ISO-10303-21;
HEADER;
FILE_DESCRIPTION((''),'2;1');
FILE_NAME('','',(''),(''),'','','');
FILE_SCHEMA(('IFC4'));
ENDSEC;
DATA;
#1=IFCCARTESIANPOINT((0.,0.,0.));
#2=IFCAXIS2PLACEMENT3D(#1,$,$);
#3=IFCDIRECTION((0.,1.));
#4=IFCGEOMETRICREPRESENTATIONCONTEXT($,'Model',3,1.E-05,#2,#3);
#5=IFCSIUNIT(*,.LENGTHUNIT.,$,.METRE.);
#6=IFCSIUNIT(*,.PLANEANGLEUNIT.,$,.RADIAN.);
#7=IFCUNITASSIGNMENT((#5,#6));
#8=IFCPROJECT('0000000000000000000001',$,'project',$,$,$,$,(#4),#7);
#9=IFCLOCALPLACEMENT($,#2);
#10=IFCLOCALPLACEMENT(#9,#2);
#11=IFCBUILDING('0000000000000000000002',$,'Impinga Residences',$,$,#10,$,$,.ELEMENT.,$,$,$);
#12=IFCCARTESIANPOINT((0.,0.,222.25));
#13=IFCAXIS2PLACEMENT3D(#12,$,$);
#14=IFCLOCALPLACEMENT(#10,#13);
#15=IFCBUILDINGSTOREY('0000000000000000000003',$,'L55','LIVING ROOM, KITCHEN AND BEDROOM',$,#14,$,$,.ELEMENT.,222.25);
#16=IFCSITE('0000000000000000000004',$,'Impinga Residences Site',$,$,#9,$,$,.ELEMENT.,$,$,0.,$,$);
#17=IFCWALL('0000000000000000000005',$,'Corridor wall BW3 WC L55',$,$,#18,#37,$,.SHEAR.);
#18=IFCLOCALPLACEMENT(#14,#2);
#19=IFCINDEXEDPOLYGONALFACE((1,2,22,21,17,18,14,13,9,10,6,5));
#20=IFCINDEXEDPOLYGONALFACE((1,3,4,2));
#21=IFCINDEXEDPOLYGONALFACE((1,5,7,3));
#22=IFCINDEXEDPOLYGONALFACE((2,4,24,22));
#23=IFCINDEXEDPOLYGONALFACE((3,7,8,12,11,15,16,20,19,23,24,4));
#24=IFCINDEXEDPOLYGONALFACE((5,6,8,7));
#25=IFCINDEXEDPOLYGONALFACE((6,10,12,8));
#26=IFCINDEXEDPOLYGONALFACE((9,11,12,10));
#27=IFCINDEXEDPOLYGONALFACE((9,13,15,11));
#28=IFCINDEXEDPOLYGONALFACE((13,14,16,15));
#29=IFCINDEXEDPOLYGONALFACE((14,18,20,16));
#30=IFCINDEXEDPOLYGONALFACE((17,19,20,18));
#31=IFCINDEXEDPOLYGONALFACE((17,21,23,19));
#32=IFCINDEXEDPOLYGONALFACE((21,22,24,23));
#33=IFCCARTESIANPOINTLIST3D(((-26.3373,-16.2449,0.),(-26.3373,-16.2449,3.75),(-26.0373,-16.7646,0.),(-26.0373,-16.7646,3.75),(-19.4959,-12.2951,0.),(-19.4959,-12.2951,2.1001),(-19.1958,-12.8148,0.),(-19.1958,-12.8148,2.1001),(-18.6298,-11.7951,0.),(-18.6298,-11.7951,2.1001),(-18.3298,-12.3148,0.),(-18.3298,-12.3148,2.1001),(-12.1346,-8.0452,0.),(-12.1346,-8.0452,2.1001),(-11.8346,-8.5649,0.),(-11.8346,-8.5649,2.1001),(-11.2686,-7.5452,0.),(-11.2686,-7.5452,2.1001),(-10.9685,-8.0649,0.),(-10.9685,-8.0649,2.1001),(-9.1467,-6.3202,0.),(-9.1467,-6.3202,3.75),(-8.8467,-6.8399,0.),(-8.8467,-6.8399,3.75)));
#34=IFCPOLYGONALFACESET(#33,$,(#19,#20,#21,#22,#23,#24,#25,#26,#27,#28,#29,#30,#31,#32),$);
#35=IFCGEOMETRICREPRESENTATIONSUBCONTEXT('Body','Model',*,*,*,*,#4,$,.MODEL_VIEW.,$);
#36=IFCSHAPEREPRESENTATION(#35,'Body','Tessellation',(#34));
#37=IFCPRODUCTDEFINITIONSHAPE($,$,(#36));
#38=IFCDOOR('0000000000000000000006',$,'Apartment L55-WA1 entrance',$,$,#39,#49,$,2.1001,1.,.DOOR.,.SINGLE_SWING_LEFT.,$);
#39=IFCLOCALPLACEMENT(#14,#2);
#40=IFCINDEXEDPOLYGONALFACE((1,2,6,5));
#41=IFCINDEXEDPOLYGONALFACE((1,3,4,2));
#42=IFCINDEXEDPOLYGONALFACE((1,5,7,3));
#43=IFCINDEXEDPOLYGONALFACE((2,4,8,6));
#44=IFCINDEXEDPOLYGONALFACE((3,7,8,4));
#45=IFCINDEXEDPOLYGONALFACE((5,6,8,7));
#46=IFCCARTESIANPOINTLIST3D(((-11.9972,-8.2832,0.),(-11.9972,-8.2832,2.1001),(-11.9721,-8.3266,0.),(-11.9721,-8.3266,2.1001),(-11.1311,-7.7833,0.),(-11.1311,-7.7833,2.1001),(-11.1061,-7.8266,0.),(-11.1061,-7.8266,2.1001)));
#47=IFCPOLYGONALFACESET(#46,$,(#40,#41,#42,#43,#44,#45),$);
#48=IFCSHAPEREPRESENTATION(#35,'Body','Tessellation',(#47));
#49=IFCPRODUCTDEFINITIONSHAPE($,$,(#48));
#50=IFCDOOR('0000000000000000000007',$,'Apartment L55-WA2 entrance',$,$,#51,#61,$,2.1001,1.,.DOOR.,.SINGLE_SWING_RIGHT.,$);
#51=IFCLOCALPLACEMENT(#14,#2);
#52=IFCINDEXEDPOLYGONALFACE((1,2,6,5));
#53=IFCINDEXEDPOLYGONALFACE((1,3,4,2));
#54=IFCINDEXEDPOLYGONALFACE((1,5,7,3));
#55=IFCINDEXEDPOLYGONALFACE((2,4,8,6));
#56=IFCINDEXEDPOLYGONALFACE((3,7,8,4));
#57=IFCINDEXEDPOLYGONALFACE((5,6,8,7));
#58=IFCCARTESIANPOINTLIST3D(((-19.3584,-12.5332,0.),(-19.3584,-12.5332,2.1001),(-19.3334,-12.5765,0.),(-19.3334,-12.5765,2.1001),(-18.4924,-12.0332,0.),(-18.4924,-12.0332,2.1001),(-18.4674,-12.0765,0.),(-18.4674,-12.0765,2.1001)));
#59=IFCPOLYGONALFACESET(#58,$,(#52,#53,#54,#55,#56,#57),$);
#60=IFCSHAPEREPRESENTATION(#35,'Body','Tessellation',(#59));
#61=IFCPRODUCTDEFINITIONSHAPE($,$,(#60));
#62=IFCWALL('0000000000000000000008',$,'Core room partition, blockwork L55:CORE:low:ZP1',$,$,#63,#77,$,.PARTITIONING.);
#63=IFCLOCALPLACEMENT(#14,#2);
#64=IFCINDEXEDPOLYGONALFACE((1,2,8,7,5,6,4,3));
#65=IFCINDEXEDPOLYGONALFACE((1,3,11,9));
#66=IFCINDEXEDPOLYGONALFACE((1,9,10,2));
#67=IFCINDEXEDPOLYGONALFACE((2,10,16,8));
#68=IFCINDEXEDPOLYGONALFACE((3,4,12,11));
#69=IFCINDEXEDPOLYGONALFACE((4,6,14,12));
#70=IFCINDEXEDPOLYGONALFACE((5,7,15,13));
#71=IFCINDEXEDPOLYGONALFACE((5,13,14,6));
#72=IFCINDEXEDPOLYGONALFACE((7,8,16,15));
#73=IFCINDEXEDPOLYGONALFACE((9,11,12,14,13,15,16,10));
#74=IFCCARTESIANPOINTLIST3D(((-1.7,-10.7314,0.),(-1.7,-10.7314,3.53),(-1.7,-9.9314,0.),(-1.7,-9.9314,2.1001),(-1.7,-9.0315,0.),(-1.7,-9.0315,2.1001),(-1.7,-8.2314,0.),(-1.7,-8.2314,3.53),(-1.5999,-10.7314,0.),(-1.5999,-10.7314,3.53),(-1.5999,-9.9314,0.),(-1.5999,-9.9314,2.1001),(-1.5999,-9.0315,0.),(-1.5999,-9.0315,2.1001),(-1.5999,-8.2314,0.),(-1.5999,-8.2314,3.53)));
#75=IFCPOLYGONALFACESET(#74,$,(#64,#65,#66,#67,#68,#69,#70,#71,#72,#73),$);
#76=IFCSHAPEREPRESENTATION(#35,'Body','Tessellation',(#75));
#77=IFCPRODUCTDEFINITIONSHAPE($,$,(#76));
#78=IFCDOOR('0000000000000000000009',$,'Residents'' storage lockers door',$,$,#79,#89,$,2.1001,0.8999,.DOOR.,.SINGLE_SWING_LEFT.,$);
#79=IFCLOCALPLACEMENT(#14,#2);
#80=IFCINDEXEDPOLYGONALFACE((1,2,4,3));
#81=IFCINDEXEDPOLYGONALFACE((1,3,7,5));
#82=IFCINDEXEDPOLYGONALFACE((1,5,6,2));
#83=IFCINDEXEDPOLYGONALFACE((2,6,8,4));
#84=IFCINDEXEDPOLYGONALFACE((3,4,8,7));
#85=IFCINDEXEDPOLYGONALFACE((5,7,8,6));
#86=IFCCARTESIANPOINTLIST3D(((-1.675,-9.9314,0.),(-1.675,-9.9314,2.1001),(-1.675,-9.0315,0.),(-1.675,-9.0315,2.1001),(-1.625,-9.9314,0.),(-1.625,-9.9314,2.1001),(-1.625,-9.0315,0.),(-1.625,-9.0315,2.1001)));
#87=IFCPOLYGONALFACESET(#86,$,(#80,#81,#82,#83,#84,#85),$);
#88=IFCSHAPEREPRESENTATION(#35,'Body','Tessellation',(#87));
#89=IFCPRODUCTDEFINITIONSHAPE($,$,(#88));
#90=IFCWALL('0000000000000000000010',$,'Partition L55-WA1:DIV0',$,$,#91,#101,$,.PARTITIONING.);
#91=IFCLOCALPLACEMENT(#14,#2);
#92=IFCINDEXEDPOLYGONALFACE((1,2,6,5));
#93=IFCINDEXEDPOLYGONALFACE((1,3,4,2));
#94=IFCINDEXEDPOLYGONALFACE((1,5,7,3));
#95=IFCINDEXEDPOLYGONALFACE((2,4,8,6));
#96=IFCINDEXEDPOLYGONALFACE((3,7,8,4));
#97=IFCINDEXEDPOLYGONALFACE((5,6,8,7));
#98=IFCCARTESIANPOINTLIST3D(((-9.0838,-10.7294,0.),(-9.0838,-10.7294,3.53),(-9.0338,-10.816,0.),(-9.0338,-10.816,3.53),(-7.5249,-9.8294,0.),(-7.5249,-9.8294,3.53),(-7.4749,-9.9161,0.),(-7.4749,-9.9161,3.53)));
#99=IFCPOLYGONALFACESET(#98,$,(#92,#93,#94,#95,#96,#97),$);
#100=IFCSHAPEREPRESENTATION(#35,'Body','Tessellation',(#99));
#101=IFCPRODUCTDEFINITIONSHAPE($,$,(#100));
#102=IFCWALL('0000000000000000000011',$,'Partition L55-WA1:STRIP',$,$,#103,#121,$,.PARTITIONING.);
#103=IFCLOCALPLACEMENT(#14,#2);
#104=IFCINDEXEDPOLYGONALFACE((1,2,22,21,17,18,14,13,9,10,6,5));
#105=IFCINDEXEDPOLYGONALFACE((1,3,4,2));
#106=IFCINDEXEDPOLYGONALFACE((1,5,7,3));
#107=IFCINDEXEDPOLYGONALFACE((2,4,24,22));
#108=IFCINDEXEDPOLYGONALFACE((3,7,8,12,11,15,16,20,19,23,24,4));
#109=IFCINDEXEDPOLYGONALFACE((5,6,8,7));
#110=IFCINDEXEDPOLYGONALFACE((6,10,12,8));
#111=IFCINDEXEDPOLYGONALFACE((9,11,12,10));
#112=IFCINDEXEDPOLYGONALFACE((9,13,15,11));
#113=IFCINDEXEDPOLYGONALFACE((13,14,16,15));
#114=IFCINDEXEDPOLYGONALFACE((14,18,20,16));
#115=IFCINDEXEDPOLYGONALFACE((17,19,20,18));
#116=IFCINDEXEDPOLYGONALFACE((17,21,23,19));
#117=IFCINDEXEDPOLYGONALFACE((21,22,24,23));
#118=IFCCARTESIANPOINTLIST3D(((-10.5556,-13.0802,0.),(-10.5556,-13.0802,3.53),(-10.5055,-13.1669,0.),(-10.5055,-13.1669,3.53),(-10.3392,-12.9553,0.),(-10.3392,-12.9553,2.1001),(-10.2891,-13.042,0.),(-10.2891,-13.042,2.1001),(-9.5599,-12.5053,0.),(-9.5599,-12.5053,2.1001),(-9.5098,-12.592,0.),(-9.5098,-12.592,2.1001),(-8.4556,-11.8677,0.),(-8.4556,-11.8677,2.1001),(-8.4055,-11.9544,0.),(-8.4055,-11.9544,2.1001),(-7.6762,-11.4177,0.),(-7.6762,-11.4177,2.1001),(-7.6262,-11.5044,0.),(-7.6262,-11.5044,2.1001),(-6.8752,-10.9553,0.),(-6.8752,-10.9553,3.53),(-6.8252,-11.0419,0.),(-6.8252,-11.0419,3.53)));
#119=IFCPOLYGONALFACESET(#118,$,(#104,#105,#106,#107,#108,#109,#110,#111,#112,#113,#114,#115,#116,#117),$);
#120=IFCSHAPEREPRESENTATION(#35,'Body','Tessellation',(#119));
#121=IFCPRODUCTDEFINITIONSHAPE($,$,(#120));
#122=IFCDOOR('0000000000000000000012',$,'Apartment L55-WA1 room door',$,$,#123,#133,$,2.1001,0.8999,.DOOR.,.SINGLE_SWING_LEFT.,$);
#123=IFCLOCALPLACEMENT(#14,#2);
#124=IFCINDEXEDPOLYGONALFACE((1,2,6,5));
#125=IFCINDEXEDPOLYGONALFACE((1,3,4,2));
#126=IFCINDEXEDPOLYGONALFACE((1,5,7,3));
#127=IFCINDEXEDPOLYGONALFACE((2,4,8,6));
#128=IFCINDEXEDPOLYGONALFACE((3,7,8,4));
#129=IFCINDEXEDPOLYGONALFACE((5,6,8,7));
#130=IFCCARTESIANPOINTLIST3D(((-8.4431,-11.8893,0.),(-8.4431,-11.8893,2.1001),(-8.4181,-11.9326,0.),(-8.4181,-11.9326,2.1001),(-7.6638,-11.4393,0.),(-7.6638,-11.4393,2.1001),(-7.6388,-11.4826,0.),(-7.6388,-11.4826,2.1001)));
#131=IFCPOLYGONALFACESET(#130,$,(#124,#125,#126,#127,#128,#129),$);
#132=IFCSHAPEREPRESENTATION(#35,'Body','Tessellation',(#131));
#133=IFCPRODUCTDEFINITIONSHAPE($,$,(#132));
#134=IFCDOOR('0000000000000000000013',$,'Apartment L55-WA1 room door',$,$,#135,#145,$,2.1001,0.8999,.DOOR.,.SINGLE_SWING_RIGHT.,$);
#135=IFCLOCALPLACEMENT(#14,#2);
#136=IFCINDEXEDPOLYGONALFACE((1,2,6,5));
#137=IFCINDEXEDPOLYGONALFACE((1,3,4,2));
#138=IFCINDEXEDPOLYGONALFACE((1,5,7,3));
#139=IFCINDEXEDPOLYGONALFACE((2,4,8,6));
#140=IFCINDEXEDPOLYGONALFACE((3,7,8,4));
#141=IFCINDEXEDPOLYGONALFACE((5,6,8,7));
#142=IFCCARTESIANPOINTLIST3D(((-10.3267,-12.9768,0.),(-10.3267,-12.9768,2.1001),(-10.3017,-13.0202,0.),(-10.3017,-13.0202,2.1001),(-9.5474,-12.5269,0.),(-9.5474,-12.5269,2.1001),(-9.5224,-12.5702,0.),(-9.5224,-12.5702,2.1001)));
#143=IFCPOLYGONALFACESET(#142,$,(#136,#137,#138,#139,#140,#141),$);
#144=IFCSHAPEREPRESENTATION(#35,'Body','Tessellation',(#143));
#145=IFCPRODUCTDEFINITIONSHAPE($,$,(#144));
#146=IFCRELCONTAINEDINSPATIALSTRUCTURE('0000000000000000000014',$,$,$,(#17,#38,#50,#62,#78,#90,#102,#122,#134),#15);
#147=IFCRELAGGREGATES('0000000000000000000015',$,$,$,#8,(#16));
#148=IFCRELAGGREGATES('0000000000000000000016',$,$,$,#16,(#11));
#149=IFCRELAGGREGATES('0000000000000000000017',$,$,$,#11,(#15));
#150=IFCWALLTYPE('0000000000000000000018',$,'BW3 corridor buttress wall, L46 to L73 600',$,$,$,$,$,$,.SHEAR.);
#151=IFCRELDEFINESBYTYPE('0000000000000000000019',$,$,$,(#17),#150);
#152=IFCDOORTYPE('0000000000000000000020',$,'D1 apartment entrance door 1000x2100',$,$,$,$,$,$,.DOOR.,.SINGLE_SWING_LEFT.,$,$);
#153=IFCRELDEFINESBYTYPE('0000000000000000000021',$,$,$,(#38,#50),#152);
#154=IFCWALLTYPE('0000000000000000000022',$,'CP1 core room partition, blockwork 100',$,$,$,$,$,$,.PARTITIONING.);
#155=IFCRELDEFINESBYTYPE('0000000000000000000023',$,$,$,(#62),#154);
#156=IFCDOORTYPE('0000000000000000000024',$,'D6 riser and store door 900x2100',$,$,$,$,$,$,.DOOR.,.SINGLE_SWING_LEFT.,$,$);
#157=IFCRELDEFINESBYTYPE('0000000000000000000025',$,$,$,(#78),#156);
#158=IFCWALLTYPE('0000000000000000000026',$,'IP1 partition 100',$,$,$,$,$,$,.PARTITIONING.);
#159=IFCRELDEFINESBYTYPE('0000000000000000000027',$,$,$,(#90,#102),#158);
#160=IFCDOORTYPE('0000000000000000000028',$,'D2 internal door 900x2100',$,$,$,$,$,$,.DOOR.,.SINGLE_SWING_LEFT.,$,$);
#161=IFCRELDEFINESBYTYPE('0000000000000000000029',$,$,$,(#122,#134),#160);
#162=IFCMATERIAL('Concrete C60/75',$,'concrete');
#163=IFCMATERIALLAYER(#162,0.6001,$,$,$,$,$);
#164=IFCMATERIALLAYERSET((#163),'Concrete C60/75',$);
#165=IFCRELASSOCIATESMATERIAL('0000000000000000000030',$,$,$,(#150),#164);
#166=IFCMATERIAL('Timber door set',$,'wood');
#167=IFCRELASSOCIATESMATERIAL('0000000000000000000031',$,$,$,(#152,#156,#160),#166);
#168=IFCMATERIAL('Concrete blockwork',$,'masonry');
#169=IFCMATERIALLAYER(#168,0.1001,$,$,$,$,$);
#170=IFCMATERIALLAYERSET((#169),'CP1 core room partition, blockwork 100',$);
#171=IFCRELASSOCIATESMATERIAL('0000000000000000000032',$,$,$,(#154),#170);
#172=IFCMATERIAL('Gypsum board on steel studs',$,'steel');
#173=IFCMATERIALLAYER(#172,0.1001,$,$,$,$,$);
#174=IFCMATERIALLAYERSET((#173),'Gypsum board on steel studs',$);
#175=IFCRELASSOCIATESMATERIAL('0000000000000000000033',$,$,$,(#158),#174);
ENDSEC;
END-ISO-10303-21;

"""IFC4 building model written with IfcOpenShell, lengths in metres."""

from ifc_helpers import new_model, si_unit, direction, frame, frame_2d, origin, place, context, subcontext, project, spatial, rectangle, extrude, material, layer, layer_set, type_object, element, fill, save


model = new_model("IFC4")

# Units and contexts
model_context = context("Model", 3, precision=1e-05, world=origin(), true_north=direction((0.0, 1.0)))
body_context = subcontext(model_context, "Body", "Model", "MODEL_VIEW")
ifc_project = project(units=[si_unit("LENGTHUNIT", "METRE"), si_unit("PLANEANGLEUNIT", "RADIAN")], contexts=[model_context])

# Site, building, storey
site_placement = place(None, origin())
site = spatial("IfcSite", under=ifc_project, at=site_placement, Name="Impinga Residences Site", CompositionType="ELEMENT", RefElevation=0.0)
building_placement = place(site_placement, origin())
building = spatial("IfcBuilding", under=site, at=building_placement, Name="Impinga Residences", CompositionType="ELEMENT")
storey_placement = place(building_placement, frame((0.0, 0.0, 222.25)))
storey = spatial("IfcBuildingStorey", under=building, at=storey_placement, Name="L55", Description="LIVING ROOM, KITCHEN AND BEDROOM", CompositionType="ELEMENT", Elevation=222.25)

# Wall, openings, doors
ifc_material_1 = material(Name="Concrete C60/75", Category="concrete")
ifc_layer_1 = layer(ifc_material_1, 0.6001)
ifc_layer_set_1 = layer_set([ifc_layer_1], Name="Concrete C60/75")
wall_type_1 = type_object("IfcWallType", Name="BW3 corridor buttress wall, L46 to L73 600", PredefinedType="SHEAR", material=ifc_layer_set_1)
wall_1_placement = place(storey_placement, frame((-8.9968, -6.5801, 0.0), z_axis=(0.0, 0.0, 1.0), x_axis=(-0.866031, -0.499991, 0.0)))
wall_1 = element("IfcWall", 1, at=wall_1_placement, inside=storey, type_object=wall_type_1, Name="Corridor wall BW3 WC L55", PredefinedType="SHEAR", context=body_context, shape_type="SweptSolid", body=[
    extrude(rectangle(XDim=19.8499, YDim=0.6001, at=frame_2d((9.9248, 0.0))), origin(), (0.0, 0.0, 1.0), 3.75),
])
opening_1_placement = place(wall_1_placement, frame((2.45, 0.0, 0.0)))
opening_1 = element("IfcOpeningElement", 2, at=opening_1_placement, cuts=wall_1, PredefinedType="OPENING", context=body_context, shape_type="SweptSolid", body=[
    extrude(rectangle(XDim=1.0, YDim=2.1001, at=frame_2d((0.5, 1.05))), frame((0.0, 0.3101, 0.0), z_axis=(0.0, -1.0, 0.0), x_axis=(1.0, 0.0, 0.0)), (0.0, 0.0, 1.0), 0.6201),
])
opening_2_placement = place(wall_1_placement, frame((10.95, 0.0, 0.0)))
opening_2 = element("IfcOpeningElement", 3, at=opening_2_placement, cuts=wall_1, PredefinedType="OPENING", context=body_context, shape_type="SweptSolid", body=[
    extrude(rectangle(XDim=1.0, YDim=2.1001, at=frame_2d((0.5, 1.05))), frame((0.0, 0.3101, 0.0), z_axis=(0.0, -1.0, 0.0), x_axis=(1.0, 0.0, 0.0)), (0.0, 0.0, 1.0), 0.6201),
])
ifc_material_2 = material(Name="Timber door set", Category="wood")
door_type_1 = type_object("IfcDoorType", Name="D1 apartment entrance door 1000x2100", OperationType="SINGLE_SWING_LEFT", PredefinedType="DOOR", material=ifc_material_2)
door_1_placement = place(opening_1_placement, origin())
door_1 = element("IfcDoor", 4, at=door_1_placement, inside=storey, type_object=door_type_1, Name="Apartment L55-WA1 entrance", OperationType="SINGLE_SWING_LEFT", OverallHeight=2.1001, OverallWidth=1.0, PredefinedType="DOOR", context=body_context, shape_type="SweptSolid", body=[
    extrude(rectangle(XDim=1.0, YDim=2.1001, at=frame_2d((0.5, 1.05))), frame((0.0, 0.0249, 0.0), z_axis=(0.0, -1.0, 0.0), x_axis=(1.0, 0.0, 0.0)), (0.0, 0.0, 1.0), 0.05),
])
fill(opening_1, door_1)
door_2_placement = place(opening_2_placement, origin())
door_2 = element("IfcDoor", 5, at=door_2_placement, inside=storey, type_object=door_type_1, Name="Apartment L55-WA2 entrance", OperationType="SINGLE_SWING_RIGHT", OverallHeight=2.1001, OverallWidth=1.0, PredefinedType="DOOR", context=body_context, shape_type="SweptSolid", body=[
    extrude(rectangle(XDim=1.0, YDim=2.1001, at=frame_2d((0.5, 1.05))), frame((0.0, 0.0249, 0.0), z_axis=(0.0, -1.0, 0.0), x_axis=(1.0, 0.0, 0.0)), (0.0, 0.0, 1.0), 0.05),
])
fill(opening_2, door_2)

# Wall, opening, door
ifc_material_3 = material(Name="Concrete blockwork", Category="masonry")
ifc_layer_2 = layer(ifc_material_3, 0.1001)
ifc_layer_set_2 = layer_set([ifc_layer_2], Name="CP1 core room partition, blockwork 100")
wall_type_2 = type_object("IfcWallType", Name="CP1 core room partition, blockwork 100", PredefinedType="PARTITIONING", material=ifc_layer_set_2)
wall_2_placement = place(storey_placement, frame((-1.6499, -8.2314, 0.0), z_axis=(0.0, 0.0, 1.0), x_axis=(0.0, -1.0, 0.0)))
wall_2 = element("IfcWall", 6, at=wall_2_placement, inside=storey, type_object=wall_type_2, Name="Core room partition, blockwork L55:CORE:low:ZP1", PredefinedType="PARTITIONING", context=body_context, shape_type="SweptSolid", body=[
    extrude(rectangle(XDim=2.5, YDim=0.1001, at=frame_2d((1.25, 0.0))), origin(), (0.0, 0.0, 1.0), 3.53),
])
opening_3_placement = place(wall_2_placement, frame((0.8, 0.0, 0.0)))
opening_3 = element("IfcOpeningElement", 7, at=opening_3_placement, cuts=wall_2, PredefinedType="OPENING", context=body_context, shape_type="SweptSolid", body=[
    extrude(rectangle(XDim=0.8999, YDim=2.1001, at=frame_2d((0.45, 1.05))), frame((0.0, 0.0601, 0.0), z_axis=(0.0, -1.0, 0.0), x_axis=(1.0, 0.0, 0.0)), (0.0, 0.0, 1.0), 0.1201),
])
door_type_2 = type_object("IfcDoorType", Name="D6 riser and store door 900x2100", OperationType="SINGLE_SWING_LEFT", PredefinedType="DOOR", material=ifc_material_2)
door_3_placement = place(opening_3_placement, origin())
door_3 = element("IfcDoor", 8, at=door_3_placement, inside=storey, type_object=door_type_2, Name="Residents' storage lockers door", OperationType="SINGLE_SWING_LEFT", OverallHeight=2.1001, OverallWidth=0.8999, PredefinedType="DOOR", context=body_context, shape_type="SweptSolid", body=[
    extrude(rectangle(XDim=0.8999, YDim=2.1001, at=frame_2d((0.45, 1.05))), frame((0.0, 0.0249, 0.0), z_axis=(0.0, -1.0, 0.0), x_axis=(1.0, 0.0, 0.0)), (0.0, 0.0, 1.0), 0.05),
])
fill(opening_3, door_3)

# Wall
ifc_material_4 = material(Name="Gypsum board on steel studs", Category="steel")
ifc_layer_3 = layer(ifc_material_4, 0.1001)
ifc_layer_set_3 = layer_set([ifc_layer_3], Name="Gypsum board on steel studs")
wall_type_3 = type_object("IfcWallType", Name="IP1 partition 100", PredefinedType="PARTITIONING", material=ifc_layer_set_3)
wall_3_placement = place(storey_placement, frame((-7.5, -9.8728, 0.0), z_axis=(0.0, 0.0, 1.0), x_axis=(-0.866048, -0.499961, 0.0)))
element("IfcWall", 9, at=wall_3_placement, inside=storey, type_object=wall_type_3, Name="Partition L55-WA1:DIV0", PredefinedType="PARTITIONING", context=body_context, shape_type="SweptSolid", body=[
    extrude(rectangle(XDim=1.8, YDim=0.1001, at=frame_2d((0.8999, 0.0))), origin(), (0.0, 0.0, 1.0), 3.53),
])

# Wall, openings, doors
wall_4_placement = place(storey_placement, frame((-6.8501, -10.9985, 0.0), z_axis=(0.0, 0.0, 1.0), x_axis=(-0.866014, -0.500019, 0.0)))
wall_4 = element("IfcWall", 10, at=wall_4_placement, inside=storey, type_object=wall_type_3, Name="Partition L55-WA1:STRIP", PredefinedType="PARTITIONING", context=body_context, shape_type="SweptSolid", body=[
    extrude(rectangle(XDim=4.2498, YDim=0.1001, at=frame_2d((2.125, 0.0))), origin(), (0.0, 0.0, 1.0), 3.53),
])
opening_4_placement = place(wall_4_placement, frame((0.925, 0.0, 0.0)))
opening_4 = element("IfcOpeningElement", 11, at=opening_4_placement, cuts=wall_4, PredefinedType="OPENING", context=body_context, shape_type="SweptSolid", body=[
    extrude(rectangle(XDim=0.8999, YDim=2.1001, at=frame_2d((0.45, 1.05))), frame((0.0, 0.0601, 0.0), z_axis=(0.0, -1.0, 0.0), x_axis=(1.0, 0.0, 0.0)), (0.0, 0.0, 1.0), 0.1201),
])
opening_5_placement = place(wall_4_placement, frame((3.1001, 0.0, 0.0)))
opening_5 = element("IfcOpeningElement", 12, at=opening_5_placement, cuts=wall_4, PredefinedType="OPENING", context=body_context, shape_type="SweptSolid", body=[
    extrude(rectangle(XDim=0.8999, YDim=2.1001, at=frame_2d((0.45, 1.05))), frame((0.0, 0.0601, 0.0), z_axis=(0.0, -1.0, 0.0), x_axis=(1.0, 0.0, 0.0)), (0.0, 0.0, 1.0), 0.1201),
])
door_type_3 = type_object("IfcDoorType", Name="D2 internal door 900x2100", OperationType="SINGLE_SWING_LEFT", PredefinedType="DOOR", material=ifc_material_2)
door_4_placement = place(opening_4_placement, origin())
door_4 = element("IfcDoor", 13, at=door_4_placement, inside=storey, type_object=door_type_3, Name="Apartment L55-WA1 room door", OperationType="SINGLE_SWING_LEFT", OverallHeight=2.1001, OverallWidth=0.8999, PredefinedType="DOOR", context=body_context, shape_type="SweptSolid", body=[
    extrude(rectangle(XDim=0.8999, YDim=2.1001, at=frame_2d((0.45, 1.05))), frame((0.0, 0.0249, 0.0), z_axis=(0.0, -1.0, 0.0), x_axis=(1.0, 0.0, 0.0)), (0.0, 0.0, 1.0), 0.05),
])
fill(opening_4, door_4)
door_5_placement = place(opening_5_placement, origin())
door_5 = element("IfcDoor", 14, at=door_5_placement, inside=storey, type_object=door_type_3, Name="Apartment L55-WA1 room door", OperationType="SINGLE_SWING_RIGHT", OverallHeight=2.1001, OverallWidth=0.8999, PredefinedType="DOOR", context=body_context, shape_type="SweptSolid", body=[
    extrude(rectangle(XDim=0.8999, YDim=2.1001, at=frame_2d((0.45, 1.05))), frame((0.0, 0.0249, 0.0), z_axis=(0.0, -1.0, 0.0), x_axis=(1.0, 0.0, 0.0)), (0.0, 0.0, 1.0), 0.05),
])
fill(opening_5, door_5)

save(model, "model.ifc")
